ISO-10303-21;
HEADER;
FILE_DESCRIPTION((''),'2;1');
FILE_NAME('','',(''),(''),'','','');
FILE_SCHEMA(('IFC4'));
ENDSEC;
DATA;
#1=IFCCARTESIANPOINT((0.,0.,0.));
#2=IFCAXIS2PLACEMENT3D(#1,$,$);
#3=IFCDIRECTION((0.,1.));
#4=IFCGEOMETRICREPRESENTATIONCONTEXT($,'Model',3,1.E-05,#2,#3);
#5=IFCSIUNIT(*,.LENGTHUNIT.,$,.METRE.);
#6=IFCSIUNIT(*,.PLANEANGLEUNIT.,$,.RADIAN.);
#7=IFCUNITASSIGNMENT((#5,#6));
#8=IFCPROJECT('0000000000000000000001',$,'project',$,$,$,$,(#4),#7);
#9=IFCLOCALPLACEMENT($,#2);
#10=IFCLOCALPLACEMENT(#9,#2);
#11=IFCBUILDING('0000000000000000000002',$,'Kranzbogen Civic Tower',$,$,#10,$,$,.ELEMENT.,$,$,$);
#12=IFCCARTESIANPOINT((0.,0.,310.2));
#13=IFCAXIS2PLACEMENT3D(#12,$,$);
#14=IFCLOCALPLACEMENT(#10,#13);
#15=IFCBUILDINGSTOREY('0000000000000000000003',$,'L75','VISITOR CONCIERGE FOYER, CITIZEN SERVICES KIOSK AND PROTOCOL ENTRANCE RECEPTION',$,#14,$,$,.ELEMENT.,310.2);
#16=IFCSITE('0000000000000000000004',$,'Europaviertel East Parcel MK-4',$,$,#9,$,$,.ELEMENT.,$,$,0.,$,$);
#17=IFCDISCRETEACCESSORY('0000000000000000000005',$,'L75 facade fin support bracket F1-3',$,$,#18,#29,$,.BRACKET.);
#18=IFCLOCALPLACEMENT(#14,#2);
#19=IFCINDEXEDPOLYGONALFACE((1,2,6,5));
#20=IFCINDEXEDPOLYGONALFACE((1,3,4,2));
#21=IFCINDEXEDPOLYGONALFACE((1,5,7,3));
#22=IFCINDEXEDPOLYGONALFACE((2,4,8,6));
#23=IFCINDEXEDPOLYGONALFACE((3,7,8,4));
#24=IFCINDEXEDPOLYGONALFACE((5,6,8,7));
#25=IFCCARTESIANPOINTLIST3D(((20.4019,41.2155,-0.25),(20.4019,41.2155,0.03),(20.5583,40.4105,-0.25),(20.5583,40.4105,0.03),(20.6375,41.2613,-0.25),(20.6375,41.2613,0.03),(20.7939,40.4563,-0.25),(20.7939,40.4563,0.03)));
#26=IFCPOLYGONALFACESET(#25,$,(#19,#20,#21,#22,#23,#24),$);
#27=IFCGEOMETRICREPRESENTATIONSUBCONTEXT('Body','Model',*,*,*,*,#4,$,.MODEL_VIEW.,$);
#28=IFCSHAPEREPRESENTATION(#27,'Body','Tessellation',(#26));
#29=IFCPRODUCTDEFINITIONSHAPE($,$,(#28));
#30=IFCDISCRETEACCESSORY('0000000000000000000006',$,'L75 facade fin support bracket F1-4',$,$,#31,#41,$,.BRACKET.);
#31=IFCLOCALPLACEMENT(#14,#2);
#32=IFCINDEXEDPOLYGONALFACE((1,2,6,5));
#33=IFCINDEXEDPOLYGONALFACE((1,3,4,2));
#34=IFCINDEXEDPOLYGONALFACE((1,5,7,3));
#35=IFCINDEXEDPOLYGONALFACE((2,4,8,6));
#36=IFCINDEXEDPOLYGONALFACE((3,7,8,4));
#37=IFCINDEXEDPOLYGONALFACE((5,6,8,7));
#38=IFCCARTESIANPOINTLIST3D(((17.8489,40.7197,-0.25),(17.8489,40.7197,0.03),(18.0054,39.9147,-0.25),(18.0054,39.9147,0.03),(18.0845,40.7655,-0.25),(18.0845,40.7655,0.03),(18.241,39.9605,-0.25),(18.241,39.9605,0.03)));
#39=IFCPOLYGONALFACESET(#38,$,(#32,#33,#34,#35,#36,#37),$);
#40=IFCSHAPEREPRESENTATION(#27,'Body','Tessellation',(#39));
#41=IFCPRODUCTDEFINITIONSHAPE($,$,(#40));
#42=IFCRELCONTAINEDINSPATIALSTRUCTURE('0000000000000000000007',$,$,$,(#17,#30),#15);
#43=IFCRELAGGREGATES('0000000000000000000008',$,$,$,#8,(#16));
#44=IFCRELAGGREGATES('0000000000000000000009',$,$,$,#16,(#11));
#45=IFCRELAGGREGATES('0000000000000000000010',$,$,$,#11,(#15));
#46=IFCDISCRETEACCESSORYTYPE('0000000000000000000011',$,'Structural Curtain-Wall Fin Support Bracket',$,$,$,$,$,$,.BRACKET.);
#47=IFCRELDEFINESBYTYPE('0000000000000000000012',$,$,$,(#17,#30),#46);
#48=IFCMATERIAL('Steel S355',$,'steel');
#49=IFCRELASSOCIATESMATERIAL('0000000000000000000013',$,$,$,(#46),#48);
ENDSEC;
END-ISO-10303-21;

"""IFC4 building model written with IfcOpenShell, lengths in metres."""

from ifc_helpers import new_model, si_unit, direction, frame, origin, origin_2d, place, context, subcontext, project, spatial, rectangle, extrude, material, type_object, element, save


model = new_model("IFC4")

# Units and contexts
model_context = context("Model", 3, precision=1e-05, world=origin(), true_north=direction((0.0, 1.0)))
body_context = subcontext(model_context, "Body", "Model", "MODEL_VIEW")
ifc_project = project(units=[si_unit("LENGTHUNIT", "METRE"), si_unit("PLANEANGLEUNIT", "RADIAN")], contexts=[model_context])

# Site, building, storey
site_placement = place(None, origin())
site = spatial("IfcSite", under=ifc_project, at=site_placement, Name="Europaviertel East Parcel MK-4", CompositionType="ELEMENT", RefElevation=0.0)
building_placement = place(site_placement, origin())
building = spatial("IfcBuilding", under=site, at=building_placement, Name="Kranzbogen Civic Tower", CompositionType="ELEMENT")
storey_placement = place(building_placement, frame((0.0, 0.0, 310.2)))
storey = spatial("IfcBuildingStorey", under=building, at=storey_placement, Name="L75", Description="VISITOR CONCIERGE FOYER, CITIZEN SERVICES KIOSK AND PROTOCOL ENTRANCE RECEPTION", CompositionType="ELEMENT", Elevation=310.2)

# Shared definitions
ifc_material_1 = material(Name="Steel S355", Category="steel")

# Discrete accessories
discrete_accessory_type = type_object("IfcDiscreteAccessoryType", Name="Structural Curtain-Wall Fin Support Bracket", PredefinedType="BRACKET", material=ifc_material_1)
for number, where, z_axis, x_axis, name in (
    (1, (20.5979, 40.8359, -0.25), (0.0, 0.0, 1.0), (-0.190809, 0.981627, 0.0), "L75 facade fin support bracket F1-3"),
    (2, (18.0449, 40.3401, -0.25), (0.0, 0.0, 1.0), (-0.190809, 0.981627, 0.0), "L75 facade fin support bracket F1-4"),
):
    element("IfcDiscreteAccessory", number, at=place(storey_placement, frame(where, z_axis=z_axis, x_axis=x_axis)), inside=storey, type_object=discrete_accessory_type, Name=name, PredefinedType="BRACKET", context=body_context, shape_type="SweptSolid", body=[
        extrude(rectangle(XDim=0.8201, YDim=0.24, at=origin_2d()), origin(), (0.0, 0.0, 1.0), 0.28),
    ])

save(model, "model.ifc")
